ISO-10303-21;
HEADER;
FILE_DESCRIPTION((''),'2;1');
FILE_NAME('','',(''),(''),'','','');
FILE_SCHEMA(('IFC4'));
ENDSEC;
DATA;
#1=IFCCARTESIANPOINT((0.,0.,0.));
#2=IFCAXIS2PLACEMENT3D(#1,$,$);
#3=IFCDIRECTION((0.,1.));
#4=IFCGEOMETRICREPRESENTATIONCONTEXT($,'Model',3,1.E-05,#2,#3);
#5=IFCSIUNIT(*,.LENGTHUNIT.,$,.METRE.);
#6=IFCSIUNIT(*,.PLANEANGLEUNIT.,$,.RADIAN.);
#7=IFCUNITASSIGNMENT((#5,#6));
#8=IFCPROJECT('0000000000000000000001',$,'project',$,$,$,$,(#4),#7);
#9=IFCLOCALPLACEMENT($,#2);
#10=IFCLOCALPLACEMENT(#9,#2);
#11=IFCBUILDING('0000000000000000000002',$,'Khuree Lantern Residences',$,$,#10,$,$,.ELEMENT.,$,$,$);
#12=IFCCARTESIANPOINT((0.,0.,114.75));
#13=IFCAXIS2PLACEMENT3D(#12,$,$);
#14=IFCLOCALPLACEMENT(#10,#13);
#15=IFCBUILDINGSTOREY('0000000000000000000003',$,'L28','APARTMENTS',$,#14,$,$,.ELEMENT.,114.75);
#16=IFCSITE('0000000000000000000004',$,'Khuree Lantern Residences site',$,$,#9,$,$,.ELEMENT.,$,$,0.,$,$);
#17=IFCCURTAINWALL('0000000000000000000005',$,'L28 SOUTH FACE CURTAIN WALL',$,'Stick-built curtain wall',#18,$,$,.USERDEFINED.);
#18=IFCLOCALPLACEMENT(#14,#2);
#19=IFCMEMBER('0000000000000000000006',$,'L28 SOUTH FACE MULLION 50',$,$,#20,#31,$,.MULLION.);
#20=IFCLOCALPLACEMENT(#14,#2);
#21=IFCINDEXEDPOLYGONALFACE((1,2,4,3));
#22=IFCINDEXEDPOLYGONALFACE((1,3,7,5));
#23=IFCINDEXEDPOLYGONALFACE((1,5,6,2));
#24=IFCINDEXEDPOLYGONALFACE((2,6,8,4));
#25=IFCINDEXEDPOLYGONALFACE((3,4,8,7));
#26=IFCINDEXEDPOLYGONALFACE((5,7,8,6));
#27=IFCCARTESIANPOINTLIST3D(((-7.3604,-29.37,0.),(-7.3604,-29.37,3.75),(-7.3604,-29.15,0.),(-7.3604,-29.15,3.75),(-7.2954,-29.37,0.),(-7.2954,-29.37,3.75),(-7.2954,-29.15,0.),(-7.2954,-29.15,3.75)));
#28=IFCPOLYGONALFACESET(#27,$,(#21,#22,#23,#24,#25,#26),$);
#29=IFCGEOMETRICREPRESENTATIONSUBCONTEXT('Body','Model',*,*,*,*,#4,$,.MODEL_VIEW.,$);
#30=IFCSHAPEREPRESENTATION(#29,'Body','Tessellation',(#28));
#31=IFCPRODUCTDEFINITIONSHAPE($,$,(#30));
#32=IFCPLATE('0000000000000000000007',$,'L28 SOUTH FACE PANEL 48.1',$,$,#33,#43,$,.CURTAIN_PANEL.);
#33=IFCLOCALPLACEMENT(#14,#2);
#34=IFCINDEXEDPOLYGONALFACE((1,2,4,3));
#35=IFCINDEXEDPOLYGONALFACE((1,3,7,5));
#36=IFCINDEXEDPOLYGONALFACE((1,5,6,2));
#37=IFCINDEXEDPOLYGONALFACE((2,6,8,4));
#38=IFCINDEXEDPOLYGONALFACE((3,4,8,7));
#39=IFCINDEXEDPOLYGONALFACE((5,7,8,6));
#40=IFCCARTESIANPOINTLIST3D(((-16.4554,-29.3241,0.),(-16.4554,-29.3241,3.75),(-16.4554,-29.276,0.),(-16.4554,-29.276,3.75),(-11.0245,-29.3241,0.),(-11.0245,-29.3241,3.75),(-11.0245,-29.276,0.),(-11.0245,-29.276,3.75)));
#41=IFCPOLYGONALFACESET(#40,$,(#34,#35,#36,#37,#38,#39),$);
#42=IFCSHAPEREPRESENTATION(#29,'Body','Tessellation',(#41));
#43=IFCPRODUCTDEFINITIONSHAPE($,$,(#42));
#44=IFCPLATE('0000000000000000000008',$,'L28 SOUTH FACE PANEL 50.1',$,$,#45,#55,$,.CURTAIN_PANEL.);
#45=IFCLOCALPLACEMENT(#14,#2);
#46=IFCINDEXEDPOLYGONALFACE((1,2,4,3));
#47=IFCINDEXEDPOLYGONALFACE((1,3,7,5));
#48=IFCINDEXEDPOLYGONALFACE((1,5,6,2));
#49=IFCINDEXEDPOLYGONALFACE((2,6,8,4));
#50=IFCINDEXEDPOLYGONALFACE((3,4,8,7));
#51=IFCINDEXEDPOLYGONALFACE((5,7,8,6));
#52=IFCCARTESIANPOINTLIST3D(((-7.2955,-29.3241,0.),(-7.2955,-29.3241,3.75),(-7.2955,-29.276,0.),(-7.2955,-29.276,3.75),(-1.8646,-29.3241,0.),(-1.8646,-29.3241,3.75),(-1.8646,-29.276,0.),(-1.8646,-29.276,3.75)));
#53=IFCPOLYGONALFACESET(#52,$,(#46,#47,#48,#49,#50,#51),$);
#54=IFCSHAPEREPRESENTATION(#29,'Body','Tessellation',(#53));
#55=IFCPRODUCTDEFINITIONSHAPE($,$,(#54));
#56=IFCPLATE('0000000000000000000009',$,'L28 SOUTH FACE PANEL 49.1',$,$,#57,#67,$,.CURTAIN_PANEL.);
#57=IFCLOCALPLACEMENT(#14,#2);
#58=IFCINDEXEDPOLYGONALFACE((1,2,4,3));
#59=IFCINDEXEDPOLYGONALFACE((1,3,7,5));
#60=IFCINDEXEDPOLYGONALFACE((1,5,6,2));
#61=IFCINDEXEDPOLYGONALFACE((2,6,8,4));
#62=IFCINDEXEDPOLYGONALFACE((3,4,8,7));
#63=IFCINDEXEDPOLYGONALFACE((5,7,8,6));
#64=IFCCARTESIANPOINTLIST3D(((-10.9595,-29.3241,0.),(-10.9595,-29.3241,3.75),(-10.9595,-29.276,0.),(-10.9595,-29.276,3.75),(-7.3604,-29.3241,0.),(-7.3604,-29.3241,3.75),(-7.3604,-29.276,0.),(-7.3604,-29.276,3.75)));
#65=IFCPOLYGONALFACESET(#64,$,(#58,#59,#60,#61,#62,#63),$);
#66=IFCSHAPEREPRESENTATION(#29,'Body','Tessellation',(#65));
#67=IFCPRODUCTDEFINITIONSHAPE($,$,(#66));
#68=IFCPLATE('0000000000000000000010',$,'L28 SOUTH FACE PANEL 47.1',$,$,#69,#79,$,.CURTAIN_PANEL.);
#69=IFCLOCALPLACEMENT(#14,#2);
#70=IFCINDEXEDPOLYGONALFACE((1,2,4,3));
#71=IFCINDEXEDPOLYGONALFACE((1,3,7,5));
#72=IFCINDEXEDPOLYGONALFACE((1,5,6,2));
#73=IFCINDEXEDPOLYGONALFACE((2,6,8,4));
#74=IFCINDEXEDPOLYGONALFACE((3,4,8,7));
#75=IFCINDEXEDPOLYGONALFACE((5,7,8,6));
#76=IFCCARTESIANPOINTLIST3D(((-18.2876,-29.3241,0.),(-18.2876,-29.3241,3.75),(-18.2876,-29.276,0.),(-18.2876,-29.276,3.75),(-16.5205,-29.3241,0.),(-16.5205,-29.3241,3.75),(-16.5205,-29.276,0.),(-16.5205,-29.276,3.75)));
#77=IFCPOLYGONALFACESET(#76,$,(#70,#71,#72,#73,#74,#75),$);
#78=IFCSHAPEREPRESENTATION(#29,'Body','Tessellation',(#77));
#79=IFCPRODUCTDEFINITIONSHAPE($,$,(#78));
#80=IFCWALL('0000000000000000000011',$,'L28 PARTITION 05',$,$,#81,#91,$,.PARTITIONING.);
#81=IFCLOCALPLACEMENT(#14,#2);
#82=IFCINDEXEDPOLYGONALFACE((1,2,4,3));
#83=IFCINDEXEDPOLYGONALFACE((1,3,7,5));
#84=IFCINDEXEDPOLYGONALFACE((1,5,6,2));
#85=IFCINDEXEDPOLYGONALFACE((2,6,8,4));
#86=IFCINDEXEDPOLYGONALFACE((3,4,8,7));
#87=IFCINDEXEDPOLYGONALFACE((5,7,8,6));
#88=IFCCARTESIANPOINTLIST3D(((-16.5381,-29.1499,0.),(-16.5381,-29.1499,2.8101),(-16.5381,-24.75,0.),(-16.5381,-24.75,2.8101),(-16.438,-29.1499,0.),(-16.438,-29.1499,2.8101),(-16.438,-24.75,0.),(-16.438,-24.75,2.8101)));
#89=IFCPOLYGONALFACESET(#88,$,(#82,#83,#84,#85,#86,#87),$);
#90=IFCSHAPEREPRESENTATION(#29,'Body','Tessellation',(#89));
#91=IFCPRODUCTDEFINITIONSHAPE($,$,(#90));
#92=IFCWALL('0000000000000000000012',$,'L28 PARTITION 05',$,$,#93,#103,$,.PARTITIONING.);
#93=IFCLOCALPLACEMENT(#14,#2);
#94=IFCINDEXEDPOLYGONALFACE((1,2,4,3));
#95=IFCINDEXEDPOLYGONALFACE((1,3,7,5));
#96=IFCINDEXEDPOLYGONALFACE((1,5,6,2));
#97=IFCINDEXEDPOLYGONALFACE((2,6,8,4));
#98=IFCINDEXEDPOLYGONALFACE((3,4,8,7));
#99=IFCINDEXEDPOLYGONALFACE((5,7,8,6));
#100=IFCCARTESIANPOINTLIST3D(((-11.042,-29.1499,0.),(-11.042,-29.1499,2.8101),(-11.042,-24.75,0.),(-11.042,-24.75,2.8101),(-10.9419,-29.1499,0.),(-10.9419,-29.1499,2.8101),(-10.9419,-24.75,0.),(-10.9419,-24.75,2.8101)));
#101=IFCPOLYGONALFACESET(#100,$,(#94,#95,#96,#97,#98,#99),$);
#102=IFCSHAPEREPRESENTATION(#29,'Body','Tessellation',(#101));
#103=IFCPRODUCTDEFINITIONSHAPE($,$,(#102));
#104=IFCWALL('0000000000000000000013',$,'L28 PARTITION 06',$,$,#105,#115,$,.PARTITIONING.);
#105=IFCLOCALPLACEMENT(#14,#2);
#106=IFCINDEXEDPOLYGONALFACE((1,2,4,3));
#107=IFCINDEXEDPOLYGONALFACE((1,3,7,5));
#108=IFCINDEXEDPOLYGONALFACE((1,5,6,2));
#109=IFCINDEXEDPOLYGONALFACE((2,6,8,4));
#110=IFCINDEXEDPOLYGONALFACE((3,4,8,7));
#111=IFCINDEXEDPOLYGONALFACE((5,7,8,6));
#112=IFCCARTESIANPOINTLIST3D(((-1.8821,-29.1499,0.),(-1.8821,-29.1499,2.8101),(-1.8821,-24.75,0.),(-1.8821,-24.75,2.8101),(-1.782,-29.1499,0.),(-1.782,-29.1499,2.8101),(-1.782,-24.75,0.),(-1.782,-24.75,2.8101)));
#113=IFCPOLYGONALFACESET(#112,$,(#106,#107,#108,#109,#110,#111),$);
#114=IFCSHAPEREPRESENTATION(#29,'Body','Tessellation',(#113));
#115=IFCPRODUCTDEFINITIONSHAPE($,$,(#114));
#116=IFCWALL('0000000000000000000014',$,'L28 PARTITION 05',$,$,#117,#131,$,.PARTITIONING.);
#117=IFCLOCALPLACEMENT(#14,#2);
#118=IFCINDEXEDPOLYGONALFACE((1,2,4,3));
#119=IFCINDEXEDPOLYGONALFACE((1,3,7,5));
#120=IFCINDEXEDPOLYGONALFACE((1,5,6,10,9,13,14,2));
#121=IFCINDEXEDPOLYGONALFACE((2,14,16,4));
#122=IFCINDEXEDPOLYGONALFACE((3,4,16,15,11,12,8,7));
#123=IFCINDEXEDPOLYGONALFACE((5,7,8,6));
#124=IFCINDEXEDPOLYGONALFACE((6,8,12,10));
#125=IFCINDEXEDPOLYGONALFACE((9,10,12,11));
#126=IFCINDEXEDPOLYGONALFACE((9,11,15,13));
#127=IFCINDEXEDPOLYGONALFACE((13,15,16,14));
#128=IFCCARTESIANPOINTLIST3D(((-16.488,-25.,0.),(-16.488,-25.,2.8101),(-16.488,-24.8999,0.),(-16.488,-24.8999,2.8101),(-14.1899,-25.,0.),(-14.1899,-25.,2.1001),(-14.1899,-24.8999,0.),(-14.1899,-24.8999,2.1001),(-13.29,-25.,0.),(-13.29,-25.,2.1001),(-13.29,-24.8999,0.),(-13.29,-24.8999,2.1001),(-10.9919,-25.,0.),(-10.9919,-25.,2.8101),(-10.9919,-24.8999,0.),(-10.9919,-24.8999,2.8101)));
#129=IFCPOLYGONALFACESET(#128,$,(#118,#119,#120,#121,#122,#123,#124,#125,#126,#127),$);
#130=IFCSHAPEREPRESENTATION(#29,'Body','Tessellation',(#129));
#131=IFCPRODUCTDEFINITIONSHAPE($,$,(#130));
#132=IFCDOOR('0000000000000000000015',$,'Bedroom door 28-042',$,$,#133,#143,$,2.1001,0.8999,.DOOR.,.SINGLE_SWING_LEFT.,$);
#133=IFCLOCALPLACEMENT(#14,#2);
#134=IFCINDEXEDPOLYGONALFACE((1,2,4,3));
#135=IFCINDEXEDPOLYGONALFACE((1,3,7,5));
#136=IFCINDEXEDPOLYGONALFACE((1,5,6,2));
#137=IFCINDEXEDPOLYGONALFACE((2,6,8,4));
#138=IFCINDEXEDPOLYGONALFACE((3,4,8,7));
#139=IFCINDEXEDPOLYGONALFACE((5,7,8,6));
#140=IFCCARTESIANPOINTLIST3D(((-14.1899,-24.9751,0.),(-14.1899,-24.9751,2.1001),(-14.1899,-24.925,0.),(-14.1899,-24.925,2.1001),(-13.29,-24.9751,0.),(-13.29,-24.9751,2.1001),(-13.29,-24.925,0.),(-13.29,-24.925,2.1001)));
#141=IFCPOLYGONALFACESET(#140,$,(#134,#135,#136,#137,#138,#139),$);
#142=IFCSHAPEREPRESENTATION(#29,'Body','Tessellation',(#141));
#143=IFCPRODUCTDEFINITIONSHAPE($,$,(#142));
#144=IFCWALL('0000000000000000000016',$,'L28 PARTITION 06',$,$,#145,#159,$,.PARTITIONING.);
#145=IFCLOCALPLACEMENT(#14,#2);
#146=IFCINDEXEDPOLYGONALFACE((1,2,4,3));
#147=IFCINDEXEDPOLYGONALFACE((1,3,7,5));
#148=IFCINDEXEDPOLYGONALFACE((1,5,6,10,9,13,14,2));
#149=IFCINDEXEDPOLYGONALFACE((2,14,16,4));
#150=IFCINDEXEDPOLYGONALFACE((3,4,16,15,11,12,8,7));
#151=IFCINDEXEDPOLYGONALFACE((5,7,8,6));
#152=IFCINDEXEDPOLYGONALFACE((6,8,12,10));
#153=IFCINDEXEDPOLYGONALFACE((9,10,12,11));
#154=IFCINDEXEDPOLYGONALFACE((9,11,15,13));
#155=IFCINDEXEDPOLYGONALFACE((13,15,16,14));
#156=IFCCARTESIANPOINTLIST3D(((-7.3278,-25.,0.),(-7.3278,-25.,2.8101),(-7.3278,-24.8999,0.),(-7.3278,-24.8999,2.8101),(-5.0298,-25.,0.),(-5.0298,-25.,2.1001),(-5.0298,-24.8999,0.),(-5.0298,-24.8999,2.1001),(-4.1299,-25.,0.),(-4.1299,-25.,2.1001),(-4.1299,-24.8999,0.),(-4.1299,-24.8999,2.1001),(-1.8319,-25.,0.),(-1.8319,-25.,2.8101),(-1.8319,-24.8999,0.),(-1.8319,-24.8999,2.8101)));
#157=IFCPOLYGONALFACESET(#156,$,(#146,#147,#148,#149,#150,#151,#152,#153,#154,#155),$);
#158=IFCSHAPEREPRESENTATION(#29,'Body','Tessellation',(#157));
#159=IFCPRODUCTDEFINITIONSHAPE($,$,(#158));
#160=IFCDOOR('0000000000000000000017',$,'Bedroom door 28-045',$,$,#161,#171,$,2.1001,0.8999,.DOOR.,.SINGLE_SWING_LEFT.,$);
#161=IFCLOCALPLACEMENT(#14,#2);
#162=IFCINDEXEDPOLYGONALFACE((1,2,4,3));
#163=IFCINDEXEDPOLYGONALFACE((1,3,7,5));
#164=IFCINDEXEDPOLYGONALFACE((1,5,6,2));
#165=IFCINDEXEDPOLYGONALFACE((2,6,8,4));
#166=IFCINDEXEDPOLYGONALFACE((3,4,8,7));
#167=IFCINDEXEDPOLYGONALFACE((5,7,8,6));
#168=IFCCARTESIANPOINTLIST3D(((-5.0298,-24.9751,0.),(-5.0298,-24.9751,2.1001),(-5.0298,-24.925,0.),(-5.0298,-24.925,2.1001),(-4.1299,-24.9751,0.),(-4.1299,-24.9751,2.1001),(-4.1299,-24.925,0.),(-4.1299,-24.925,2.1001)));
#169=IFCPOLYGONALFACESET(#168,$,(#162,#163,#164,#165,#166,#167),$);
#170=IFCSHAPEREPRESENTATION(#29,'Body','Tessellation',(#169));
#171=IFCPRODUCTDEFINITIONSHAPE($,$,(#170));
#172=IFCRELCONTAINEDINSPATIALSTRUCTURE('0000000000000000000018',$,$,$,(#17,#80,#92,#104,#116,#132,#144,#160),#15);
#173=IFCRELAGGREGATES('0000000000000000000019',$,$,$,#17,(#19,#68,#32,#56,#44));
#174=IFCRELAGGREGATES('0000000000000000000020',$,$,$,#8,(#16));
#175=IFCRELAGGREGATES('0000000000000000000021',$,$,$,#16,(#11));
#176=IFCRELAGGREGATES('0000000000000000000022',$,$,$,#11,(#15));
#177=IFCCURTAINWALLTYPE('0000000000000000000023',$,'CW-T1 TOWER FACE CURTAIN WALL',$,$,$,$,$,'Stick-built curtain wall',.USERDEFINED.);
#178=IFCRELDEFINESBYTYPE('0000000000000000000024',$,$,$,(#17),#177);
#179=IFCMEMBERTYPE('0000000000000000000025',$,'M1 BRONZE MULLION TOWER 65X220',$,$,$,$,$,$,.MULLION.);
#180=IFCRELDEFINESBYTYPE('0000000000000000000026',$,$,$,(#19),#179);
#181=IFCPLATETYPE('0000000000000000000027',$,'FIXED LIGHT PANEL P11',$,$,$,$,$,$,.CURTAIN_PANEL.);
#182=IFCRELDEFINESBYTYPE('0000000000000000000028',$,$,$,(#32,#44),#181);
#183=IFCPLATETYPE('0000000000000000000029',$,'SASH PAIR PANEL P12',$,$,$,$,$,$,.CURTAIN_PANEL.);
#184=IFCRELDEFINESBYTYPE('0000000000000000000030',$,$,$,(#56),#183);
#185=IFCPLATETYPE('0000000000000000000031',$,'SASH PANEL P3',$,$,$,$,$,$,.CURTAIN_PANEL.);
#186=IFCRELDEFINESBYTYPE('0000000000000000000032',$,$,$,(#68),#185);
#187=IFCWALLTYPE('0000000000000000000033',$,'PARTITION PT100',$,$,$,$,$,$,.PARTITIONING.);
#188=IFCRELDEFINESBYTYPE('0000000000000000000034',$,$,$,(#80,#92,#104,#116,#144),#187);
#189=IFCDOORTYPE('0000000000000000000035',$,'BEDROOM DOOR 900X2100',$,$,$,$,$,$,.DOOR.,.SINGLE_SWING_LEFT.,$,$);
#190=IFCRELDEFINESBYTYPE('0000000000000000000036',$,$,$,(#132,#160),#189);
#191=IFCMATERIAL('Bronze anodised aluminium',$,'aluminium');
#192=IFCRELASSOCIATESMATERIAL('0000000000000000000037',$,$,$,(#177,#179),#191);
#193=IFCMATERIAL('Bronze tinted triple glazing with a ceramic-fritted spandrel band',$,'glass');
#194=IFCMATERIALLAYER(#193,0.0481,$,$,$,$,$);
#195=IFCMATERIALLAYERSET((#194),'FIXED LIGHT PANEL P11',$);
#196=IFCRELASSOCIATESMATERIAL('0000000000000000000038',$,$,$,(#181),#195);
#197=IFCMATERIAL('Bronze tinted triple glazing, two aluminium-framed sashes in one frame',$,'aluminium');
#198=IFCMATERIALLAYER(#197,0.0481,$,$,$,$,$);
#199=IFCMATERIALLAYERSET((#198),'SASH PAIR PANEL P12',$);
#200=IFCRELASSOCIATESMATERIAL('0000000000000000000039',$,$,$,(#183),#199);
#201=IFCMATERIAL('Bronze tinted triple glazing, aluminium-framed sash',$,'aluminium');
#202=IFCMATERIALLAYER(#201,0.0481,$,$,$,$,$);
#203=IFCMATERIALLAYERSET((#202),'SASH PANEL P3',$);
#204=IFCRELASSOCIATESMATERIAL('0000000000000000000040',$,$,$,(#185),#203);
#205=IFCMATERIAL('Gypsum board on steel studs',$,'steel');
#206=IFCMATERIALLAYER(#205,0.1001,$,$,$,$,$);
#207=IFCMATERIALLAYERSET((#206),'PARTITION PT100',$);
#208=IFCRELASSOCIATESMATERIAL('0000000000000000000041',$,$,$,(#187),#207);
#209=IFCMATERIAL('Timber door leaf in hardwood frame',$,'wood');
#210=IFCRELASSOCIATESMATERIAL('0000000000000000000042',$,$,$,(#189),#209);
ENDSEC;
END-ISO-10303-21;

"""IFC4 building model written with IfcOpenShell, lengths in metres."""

from ifc_helpers import new_model, si_unit, direction, frame, frame_2d, origin, origin_2d, place, context, subcontext, project, spatial, rectangle, extrude, material, layer, layer_set, material_profile, profile_set, type_object, element, fill, aggregate, save


model = new_model("IFC4")

# Units and contexts
model_context = context("Model", 3, precision=1e-05, world=origin(), true_north=direction((0.0, 1.0)))
body_context = subcontext(model_context, "Body", "Model", "MODEL_VIEW")
ifc_project = project(units=[si_unit("LENGTHUNIT", "METRE"), si_unit("PLANEANGLEUNIT", "RADIAN")], contexts=[model_context])

# Site, building, storey
site_placement = place(None, origin())
site = spatial("IfcSite", under=ifc_project, at=site_placement, Name="Khuree Lantern Residences site", CompositionType="ELEMENT", RefElevation=0.0)
building_placement = place(site_placement, origin())
building = spatial("IfcBuilding", under=site, at=building_placement, Name="Khuree Lantern Residences", CompositionType="ELEMENT")
storey_placement = place(building_placement, frame((0.0, 0.0, 114.75)))
storey = spatial("IfcBuildingStorey", under=building, at=storey_placement, Name="L28", Description="APARTMENTS", CompositionType="ELEMENT", Elevation=114.75)

# Curtain wall
ifc_material_1 = material(Name="Bronze anodised aluminium", Category="aluminium")
curtain_wall_type = type_object("IfcCurtainWallType", Name="CW-T1 TOWER FACE CURTAIN WALL", ElementType="Stick-built curtain wall", PredefinedType="USERDEFINED", material=ifc_material_1)
curtain_wall_placement = place(storey_placement, origin())
curtain_wall = element("IfcCurtainWall", 1, at=curtain_wall_placement, inside=storey, type_object=curtain_wall_type, Name="L28 SOUTH FACE CURTAIN WALL", ObjectType="Stick-built curtain wall", PredefinedType="USERDEFINED")

# Member
ifc_material_profile_1 = material_profile(ifc_material_1, rectangle(XDim=0.0649, YDim=0.22, at=origin_2d()), Name="M1 65X220")
ifc_profile_set_1 = profile_set([ifc_material_profile_1], Name="Bronze anodised aluminium")
member_type_1 = type_object("IfcMemberType", Name="M1 BRONZE MULLION TOWER 65X220", PredefinedType="MULLION", material=ifc_profile_set_1)
member_1_placement = place(storey_placement, frame((-7.3279, -29.26, 0.0), z_axis=(0.0, 0.0, 1.0), x_axis=(1.0, 0.0, 0.0)))
member_1 = element("IfcMember", 2, at=member_1_placement, type_object=member_type_1, Name="L28 SOUTH FACE MULLION 50", PredefinedType="MULLION", context=body_context, shape_type="SweptSolid", body=[
    extrude(rectangle(XDim=0.0649, YDim=0.22, at=origin_2d()), origin(), (0.0, 0.0, 1.0), 3.75),
])

# Plates
ifc_material_2 = material(Name="Bronze tinted triple glazing with a ceramic-fritted spandrel band", Category="glass")
ifc_layer_1 = layer(ifc_material_2, 0.0481)
ifc_layer_set_1 = layer_set([ifc_layer_1], Name="FIXED LIGHT PANEL P11")
plate_type_1 = type_object("IfcPlateType", Name="FIXED LIGHT PANEL P11", PredefinedType="CURTAIN_PANEL", material=ifc_layer_set_1)
plate_1_placement = place(storey_placement, frame((-13.74, -29.3, 0.0), z_axis=(0.0, 0.0, 1.0), x_axis=(1.0, 0.0, 0.0)))
plate_1 = element("IfcPlate", 3, at=plate_1_placement, type_object=plate_type_1, Name="L28 SOUTH FACE PANEL 48.1", PredefinedType="CURTAIN_PANEL", context=body_context, shape_type="SweptSolid", body=[
    extrude(rectangle(XDim=5.4309, YDim=0.0481, at=origin_2d()), origin(), (0.0, 0.0, 1.0), 3.75),
])
plate_2_placement = place(storey_placement, frame((-4.5801, -29.3, 0.0), z_axis=(0.0, 0.0, 1.0), x_axis=(1.0, 0.0, 0.0)))
plate_2 = element("IfcPlate", 4, at=plate_2_placement, type_object=plate_type_1, Name="L28 SOUTH FACE PANEL 50.1", PredefinedType="CURTAIN_PANEL", context=body_context, shape_type="SweptSolid", body=[
    extrude(rectangle(XDim=5.4309, YDim=0.0481, at=origin_2d()), origin(), (0.0, 0.0, 1.0), 3.75),
])
ifc_material_3 = material(Name="Bronze tinted triple glazing, two aluminium-framed sashes in one frame", Category="aluminium")
ifc_layer_2 = layer(ifc_material_3, 0.0481)
ifc_layer_set_2 = layer_set([ifc_layer_2], Name="SASH PAIR PANEL P12")
plate_type_2 = type_object("IfcPlateType", Name="SASH PAIR PANEL P12", PredefinedType="CURTAIN_PANEL", material=ifc_layer_set_2)
plate_3_placement = place(storey_placement, frame((-9.1599, -29.3, 0.0), z_axis=(0.0, 0.0, 1.0), x_axis=(1.0, 0.0, 0.0)))
plate_3 = element("IfcPlate", 5, at=plate_3_placement, type_object=plate_type_2, Name="L28 SOUTH FACE PANEL 49.1", PredefinedType="CURTAIN_PANEL", context=body_context, shape_type="SweptSolid", body=[
    extrude(rectangle(XDim=3.5991, YDim=0.0481, at=origin_2d()), origin(), (0.0, 0.0, 1.0), 3.75),
])
ifc_material_4 = material(Name="Bronze tinted triple glazing, aluminium-framed sash", Category="aluminium")
ifc_layer_3 = layer(ifc_material_4, 0.0481)
ifc_layer_set_3 = layer_set([ifc_layer_3], Name="SASH PANEL P3")
plate_type_3 = type_object("IfcPlateType", Name="SASH PANEL P3", PredefinedType="CURTAIN_PANEL", material=ifc_layer_set_3)
plate_4_placement = place(storey_placement, frame((-17.4041, -29.3, 0.0), z_axis=(0.0, 0.0, 1.0), x_axis=(1.0, 0.0, 0.0)))
plate_4 = element("IfcPlate", 6, at=plate_4_placement, type_object=plate_type_3, Name="L28 SOUTH FACE PANEL 47.1", PredefinedType="CURTAIN_PANEL", context=body_context, shape_type="SweptSolid", body=[
    extrude(rectangle(XDim=1.7671, YDim=0.0481, at=origin_2d()), origin(), (0.0, 0.0, 1.0), 3.75),
])
aggregate(curtain_wall, [member_1, plate_4, plate_1, plate_3, plate_2])

# Walls
ifc_material_5 = material(Name="Gypsum board on steel studs", Category="steel")
ifc_layer_4 = layer(ifc_material_5, 0.1001)
ifc_layer_set_4 = layer_set([ifc_layer_4], Name="PARTITION PT100")
wall_type = type_object("IfcWallType", Name="PARTITION PT100", PredefinedType="PARTITIONING", material=ifc_layer_set_4)
for number, where, z_axis, x_axis, name in (
    (7, (-16.488, -24.75, 0.0), (0.0, 0.0, 1.0), (0.0, -1.0, 0.0), "L28 PARTITION 05"),
    (8, (-10.9919, -24.75, 0.0), (0.0, 0.0, 1.0), (0.0, -1.0, 0.0), "L28 PARTITION 05"),
    (9, (-1.832, -24.75, 0.0), (0.0, 0.0, 1.0), (0.0, -1.0, 0.0), "L28 PARTITION 06"),
):
    element("IfcWall", number, at=place(storey_placement, frame(where, z_axis=z_axis, x_axis=x_axis)), inside=storey, type_object=wall_type, Name=name, PredefinedType="PARTITIONING", context=body_context, shape_type="SweptSolid", body=[
        extrude(rectangle(XDim=4.3999, YDim=0.1001, at=frame_2d((2.2, 0.0))), origin(), (0.0, 0.0, 1.0), 2.8101),
    ])

# Walls, openings, doors
wall_1_placement = place(storey_placement, frame((-16.488, -24.95, 0.0), z_axis=(0.0, 0.0, 1.0), x_axis=(1.0, 0.0, 0.0)))
wall_1 = element("IfcWall", 10, at=wall_1_placement, inside=storey, type_object=wall_type, Name="L28 PARTITION 05", PredefinedType="PARTITIONING", context=body_context, shape_type="SweptSolid", body=[
    extrude(rectangle(XDim=5.4961, YDim=0.1001, at=frame_2d((2.748, 0.0))), origin(), (0.0, 0.0, 1.0), 2.8101),
])
opening_1_placement = place(wall_1_placement, frame((2.2981, 0.0, 0.0)))
opening_1 = element("IfcOpeningElement", 11, at=opening_1_placement, cuts=wall_1, PredefinedType="OPENING", context=body_context, shape_type="SweptSolid", body=[
    extrude(rectangle(XDim=0.8999, YDim=2.1001, at=frame_2d((0.45, 1.05))), frame((0.0, 0.0601, 0.0), z_axis=(0.0, -1.0, 0.0), x_axis=(1.0, 0.0, 0.0)), (0.0, 0.0, 1.0), 0.1201),
])
ifc_material_6 = material(Name="Timber door leaf in hardwood frame", Category="wood")
door_type = type_object("IfcDoorType", Name="BEDROOM DOOR 900X2100", OperationType="SINGLE_SWING_LEFT", PredefinedType="DOOR", material=ifc_material_6)
door_1_placement = place(opening_1_placement, origin())
door_1 = element("IfcDoor", 12, at=door_1_placement, inside=storey, type_object=door_type, Name="Bedroom door 28-042", OperationType="SINGLE_SWING_LEFT", OverallHeight=2.1001, OverallWidth=0.8999, PredefinedType="DOOR", context=body_context, shape_type="SweptSolid", body=[
    extrude(rectangle(XDim=0.8999, YDim=2.1001, at=frame_2d((0.45, 1.05))), frame((0.0, 0.0249, 0.0), z_axis=(0.0, -1.0, 0.0), x_axis=(1.0, 0.0, 0.0)), (0.0, 0.0, 1.0), 0.05),
])
fill(opening_1, door_1)
wall_2_placement = place(storey_placement, frame((-7.3279, -24.95, 0.0), z_axis=(0.0, 0.0, 1.0), x_axis=(1.0, 0.0, 0.0)))
wall_2 = element("IfcWall", 13, at=wall_2_placement, inside=storey, type_object=wall_type, Name="L28 PARTITION 06", PredefinedType="PARTITIONING", context=body_context, shape_type="SweptSolid", body=[
    extrude(rectangle(XDim=5.4958, YDim=0.1001, at=frame_2d((2.748, 0.0))), origin(), (0.0, 0.0, 1.0), 2.8101),
])
opening_2_placement = place(wall_2_placement, frame((2.2981, 0.0, 0.0)))
opening_2 = element("IfcOpeningElement", 14, at=opening_2_placement, cuts=wall_2, PredefinedType="OPENING", context=body_context, shape_type="SweptSolid", body=[
    extrude(rectangle(XDim=0.8999, YDim=2.1001, at=frame_2d((0.45, 1.05))), frame((0.0, 0.0601, 0.0), z_axis=(0.0, -1.0, 0.0), x_axis=(1.0, 0.0, 0.0)), (0.0, 0.0, 1.0), 0.1201),
])
door_2_placement = place(opening_2_placement, origin())
door_2 = element("IfcDoor", 15, at=door_2_placement, inside=storey, type_object=door_type, Name="Bedroom door 28-045", OperationType="SINGLE_SWING_LEFT", OverallHeight=2.1001, OverallWidth=0.8999, PredefinedType="DOOR", context=body_context, shape_type="SweptSolid", body=[
    extrude(rectangle(XDim=0.8999, YDim=2.1001, at=frame_2d((0.45, 1.05))), frame((0.0, 0.0249, 0.0), z_axis=(0.0, -1.0, 0.0), x_axis=(1.0, 0.0, 0.0)), (0.0, 0.0, 1.0), 0.05),
])
fill(opening_2, door_2)

save(model, "model.ifc")
